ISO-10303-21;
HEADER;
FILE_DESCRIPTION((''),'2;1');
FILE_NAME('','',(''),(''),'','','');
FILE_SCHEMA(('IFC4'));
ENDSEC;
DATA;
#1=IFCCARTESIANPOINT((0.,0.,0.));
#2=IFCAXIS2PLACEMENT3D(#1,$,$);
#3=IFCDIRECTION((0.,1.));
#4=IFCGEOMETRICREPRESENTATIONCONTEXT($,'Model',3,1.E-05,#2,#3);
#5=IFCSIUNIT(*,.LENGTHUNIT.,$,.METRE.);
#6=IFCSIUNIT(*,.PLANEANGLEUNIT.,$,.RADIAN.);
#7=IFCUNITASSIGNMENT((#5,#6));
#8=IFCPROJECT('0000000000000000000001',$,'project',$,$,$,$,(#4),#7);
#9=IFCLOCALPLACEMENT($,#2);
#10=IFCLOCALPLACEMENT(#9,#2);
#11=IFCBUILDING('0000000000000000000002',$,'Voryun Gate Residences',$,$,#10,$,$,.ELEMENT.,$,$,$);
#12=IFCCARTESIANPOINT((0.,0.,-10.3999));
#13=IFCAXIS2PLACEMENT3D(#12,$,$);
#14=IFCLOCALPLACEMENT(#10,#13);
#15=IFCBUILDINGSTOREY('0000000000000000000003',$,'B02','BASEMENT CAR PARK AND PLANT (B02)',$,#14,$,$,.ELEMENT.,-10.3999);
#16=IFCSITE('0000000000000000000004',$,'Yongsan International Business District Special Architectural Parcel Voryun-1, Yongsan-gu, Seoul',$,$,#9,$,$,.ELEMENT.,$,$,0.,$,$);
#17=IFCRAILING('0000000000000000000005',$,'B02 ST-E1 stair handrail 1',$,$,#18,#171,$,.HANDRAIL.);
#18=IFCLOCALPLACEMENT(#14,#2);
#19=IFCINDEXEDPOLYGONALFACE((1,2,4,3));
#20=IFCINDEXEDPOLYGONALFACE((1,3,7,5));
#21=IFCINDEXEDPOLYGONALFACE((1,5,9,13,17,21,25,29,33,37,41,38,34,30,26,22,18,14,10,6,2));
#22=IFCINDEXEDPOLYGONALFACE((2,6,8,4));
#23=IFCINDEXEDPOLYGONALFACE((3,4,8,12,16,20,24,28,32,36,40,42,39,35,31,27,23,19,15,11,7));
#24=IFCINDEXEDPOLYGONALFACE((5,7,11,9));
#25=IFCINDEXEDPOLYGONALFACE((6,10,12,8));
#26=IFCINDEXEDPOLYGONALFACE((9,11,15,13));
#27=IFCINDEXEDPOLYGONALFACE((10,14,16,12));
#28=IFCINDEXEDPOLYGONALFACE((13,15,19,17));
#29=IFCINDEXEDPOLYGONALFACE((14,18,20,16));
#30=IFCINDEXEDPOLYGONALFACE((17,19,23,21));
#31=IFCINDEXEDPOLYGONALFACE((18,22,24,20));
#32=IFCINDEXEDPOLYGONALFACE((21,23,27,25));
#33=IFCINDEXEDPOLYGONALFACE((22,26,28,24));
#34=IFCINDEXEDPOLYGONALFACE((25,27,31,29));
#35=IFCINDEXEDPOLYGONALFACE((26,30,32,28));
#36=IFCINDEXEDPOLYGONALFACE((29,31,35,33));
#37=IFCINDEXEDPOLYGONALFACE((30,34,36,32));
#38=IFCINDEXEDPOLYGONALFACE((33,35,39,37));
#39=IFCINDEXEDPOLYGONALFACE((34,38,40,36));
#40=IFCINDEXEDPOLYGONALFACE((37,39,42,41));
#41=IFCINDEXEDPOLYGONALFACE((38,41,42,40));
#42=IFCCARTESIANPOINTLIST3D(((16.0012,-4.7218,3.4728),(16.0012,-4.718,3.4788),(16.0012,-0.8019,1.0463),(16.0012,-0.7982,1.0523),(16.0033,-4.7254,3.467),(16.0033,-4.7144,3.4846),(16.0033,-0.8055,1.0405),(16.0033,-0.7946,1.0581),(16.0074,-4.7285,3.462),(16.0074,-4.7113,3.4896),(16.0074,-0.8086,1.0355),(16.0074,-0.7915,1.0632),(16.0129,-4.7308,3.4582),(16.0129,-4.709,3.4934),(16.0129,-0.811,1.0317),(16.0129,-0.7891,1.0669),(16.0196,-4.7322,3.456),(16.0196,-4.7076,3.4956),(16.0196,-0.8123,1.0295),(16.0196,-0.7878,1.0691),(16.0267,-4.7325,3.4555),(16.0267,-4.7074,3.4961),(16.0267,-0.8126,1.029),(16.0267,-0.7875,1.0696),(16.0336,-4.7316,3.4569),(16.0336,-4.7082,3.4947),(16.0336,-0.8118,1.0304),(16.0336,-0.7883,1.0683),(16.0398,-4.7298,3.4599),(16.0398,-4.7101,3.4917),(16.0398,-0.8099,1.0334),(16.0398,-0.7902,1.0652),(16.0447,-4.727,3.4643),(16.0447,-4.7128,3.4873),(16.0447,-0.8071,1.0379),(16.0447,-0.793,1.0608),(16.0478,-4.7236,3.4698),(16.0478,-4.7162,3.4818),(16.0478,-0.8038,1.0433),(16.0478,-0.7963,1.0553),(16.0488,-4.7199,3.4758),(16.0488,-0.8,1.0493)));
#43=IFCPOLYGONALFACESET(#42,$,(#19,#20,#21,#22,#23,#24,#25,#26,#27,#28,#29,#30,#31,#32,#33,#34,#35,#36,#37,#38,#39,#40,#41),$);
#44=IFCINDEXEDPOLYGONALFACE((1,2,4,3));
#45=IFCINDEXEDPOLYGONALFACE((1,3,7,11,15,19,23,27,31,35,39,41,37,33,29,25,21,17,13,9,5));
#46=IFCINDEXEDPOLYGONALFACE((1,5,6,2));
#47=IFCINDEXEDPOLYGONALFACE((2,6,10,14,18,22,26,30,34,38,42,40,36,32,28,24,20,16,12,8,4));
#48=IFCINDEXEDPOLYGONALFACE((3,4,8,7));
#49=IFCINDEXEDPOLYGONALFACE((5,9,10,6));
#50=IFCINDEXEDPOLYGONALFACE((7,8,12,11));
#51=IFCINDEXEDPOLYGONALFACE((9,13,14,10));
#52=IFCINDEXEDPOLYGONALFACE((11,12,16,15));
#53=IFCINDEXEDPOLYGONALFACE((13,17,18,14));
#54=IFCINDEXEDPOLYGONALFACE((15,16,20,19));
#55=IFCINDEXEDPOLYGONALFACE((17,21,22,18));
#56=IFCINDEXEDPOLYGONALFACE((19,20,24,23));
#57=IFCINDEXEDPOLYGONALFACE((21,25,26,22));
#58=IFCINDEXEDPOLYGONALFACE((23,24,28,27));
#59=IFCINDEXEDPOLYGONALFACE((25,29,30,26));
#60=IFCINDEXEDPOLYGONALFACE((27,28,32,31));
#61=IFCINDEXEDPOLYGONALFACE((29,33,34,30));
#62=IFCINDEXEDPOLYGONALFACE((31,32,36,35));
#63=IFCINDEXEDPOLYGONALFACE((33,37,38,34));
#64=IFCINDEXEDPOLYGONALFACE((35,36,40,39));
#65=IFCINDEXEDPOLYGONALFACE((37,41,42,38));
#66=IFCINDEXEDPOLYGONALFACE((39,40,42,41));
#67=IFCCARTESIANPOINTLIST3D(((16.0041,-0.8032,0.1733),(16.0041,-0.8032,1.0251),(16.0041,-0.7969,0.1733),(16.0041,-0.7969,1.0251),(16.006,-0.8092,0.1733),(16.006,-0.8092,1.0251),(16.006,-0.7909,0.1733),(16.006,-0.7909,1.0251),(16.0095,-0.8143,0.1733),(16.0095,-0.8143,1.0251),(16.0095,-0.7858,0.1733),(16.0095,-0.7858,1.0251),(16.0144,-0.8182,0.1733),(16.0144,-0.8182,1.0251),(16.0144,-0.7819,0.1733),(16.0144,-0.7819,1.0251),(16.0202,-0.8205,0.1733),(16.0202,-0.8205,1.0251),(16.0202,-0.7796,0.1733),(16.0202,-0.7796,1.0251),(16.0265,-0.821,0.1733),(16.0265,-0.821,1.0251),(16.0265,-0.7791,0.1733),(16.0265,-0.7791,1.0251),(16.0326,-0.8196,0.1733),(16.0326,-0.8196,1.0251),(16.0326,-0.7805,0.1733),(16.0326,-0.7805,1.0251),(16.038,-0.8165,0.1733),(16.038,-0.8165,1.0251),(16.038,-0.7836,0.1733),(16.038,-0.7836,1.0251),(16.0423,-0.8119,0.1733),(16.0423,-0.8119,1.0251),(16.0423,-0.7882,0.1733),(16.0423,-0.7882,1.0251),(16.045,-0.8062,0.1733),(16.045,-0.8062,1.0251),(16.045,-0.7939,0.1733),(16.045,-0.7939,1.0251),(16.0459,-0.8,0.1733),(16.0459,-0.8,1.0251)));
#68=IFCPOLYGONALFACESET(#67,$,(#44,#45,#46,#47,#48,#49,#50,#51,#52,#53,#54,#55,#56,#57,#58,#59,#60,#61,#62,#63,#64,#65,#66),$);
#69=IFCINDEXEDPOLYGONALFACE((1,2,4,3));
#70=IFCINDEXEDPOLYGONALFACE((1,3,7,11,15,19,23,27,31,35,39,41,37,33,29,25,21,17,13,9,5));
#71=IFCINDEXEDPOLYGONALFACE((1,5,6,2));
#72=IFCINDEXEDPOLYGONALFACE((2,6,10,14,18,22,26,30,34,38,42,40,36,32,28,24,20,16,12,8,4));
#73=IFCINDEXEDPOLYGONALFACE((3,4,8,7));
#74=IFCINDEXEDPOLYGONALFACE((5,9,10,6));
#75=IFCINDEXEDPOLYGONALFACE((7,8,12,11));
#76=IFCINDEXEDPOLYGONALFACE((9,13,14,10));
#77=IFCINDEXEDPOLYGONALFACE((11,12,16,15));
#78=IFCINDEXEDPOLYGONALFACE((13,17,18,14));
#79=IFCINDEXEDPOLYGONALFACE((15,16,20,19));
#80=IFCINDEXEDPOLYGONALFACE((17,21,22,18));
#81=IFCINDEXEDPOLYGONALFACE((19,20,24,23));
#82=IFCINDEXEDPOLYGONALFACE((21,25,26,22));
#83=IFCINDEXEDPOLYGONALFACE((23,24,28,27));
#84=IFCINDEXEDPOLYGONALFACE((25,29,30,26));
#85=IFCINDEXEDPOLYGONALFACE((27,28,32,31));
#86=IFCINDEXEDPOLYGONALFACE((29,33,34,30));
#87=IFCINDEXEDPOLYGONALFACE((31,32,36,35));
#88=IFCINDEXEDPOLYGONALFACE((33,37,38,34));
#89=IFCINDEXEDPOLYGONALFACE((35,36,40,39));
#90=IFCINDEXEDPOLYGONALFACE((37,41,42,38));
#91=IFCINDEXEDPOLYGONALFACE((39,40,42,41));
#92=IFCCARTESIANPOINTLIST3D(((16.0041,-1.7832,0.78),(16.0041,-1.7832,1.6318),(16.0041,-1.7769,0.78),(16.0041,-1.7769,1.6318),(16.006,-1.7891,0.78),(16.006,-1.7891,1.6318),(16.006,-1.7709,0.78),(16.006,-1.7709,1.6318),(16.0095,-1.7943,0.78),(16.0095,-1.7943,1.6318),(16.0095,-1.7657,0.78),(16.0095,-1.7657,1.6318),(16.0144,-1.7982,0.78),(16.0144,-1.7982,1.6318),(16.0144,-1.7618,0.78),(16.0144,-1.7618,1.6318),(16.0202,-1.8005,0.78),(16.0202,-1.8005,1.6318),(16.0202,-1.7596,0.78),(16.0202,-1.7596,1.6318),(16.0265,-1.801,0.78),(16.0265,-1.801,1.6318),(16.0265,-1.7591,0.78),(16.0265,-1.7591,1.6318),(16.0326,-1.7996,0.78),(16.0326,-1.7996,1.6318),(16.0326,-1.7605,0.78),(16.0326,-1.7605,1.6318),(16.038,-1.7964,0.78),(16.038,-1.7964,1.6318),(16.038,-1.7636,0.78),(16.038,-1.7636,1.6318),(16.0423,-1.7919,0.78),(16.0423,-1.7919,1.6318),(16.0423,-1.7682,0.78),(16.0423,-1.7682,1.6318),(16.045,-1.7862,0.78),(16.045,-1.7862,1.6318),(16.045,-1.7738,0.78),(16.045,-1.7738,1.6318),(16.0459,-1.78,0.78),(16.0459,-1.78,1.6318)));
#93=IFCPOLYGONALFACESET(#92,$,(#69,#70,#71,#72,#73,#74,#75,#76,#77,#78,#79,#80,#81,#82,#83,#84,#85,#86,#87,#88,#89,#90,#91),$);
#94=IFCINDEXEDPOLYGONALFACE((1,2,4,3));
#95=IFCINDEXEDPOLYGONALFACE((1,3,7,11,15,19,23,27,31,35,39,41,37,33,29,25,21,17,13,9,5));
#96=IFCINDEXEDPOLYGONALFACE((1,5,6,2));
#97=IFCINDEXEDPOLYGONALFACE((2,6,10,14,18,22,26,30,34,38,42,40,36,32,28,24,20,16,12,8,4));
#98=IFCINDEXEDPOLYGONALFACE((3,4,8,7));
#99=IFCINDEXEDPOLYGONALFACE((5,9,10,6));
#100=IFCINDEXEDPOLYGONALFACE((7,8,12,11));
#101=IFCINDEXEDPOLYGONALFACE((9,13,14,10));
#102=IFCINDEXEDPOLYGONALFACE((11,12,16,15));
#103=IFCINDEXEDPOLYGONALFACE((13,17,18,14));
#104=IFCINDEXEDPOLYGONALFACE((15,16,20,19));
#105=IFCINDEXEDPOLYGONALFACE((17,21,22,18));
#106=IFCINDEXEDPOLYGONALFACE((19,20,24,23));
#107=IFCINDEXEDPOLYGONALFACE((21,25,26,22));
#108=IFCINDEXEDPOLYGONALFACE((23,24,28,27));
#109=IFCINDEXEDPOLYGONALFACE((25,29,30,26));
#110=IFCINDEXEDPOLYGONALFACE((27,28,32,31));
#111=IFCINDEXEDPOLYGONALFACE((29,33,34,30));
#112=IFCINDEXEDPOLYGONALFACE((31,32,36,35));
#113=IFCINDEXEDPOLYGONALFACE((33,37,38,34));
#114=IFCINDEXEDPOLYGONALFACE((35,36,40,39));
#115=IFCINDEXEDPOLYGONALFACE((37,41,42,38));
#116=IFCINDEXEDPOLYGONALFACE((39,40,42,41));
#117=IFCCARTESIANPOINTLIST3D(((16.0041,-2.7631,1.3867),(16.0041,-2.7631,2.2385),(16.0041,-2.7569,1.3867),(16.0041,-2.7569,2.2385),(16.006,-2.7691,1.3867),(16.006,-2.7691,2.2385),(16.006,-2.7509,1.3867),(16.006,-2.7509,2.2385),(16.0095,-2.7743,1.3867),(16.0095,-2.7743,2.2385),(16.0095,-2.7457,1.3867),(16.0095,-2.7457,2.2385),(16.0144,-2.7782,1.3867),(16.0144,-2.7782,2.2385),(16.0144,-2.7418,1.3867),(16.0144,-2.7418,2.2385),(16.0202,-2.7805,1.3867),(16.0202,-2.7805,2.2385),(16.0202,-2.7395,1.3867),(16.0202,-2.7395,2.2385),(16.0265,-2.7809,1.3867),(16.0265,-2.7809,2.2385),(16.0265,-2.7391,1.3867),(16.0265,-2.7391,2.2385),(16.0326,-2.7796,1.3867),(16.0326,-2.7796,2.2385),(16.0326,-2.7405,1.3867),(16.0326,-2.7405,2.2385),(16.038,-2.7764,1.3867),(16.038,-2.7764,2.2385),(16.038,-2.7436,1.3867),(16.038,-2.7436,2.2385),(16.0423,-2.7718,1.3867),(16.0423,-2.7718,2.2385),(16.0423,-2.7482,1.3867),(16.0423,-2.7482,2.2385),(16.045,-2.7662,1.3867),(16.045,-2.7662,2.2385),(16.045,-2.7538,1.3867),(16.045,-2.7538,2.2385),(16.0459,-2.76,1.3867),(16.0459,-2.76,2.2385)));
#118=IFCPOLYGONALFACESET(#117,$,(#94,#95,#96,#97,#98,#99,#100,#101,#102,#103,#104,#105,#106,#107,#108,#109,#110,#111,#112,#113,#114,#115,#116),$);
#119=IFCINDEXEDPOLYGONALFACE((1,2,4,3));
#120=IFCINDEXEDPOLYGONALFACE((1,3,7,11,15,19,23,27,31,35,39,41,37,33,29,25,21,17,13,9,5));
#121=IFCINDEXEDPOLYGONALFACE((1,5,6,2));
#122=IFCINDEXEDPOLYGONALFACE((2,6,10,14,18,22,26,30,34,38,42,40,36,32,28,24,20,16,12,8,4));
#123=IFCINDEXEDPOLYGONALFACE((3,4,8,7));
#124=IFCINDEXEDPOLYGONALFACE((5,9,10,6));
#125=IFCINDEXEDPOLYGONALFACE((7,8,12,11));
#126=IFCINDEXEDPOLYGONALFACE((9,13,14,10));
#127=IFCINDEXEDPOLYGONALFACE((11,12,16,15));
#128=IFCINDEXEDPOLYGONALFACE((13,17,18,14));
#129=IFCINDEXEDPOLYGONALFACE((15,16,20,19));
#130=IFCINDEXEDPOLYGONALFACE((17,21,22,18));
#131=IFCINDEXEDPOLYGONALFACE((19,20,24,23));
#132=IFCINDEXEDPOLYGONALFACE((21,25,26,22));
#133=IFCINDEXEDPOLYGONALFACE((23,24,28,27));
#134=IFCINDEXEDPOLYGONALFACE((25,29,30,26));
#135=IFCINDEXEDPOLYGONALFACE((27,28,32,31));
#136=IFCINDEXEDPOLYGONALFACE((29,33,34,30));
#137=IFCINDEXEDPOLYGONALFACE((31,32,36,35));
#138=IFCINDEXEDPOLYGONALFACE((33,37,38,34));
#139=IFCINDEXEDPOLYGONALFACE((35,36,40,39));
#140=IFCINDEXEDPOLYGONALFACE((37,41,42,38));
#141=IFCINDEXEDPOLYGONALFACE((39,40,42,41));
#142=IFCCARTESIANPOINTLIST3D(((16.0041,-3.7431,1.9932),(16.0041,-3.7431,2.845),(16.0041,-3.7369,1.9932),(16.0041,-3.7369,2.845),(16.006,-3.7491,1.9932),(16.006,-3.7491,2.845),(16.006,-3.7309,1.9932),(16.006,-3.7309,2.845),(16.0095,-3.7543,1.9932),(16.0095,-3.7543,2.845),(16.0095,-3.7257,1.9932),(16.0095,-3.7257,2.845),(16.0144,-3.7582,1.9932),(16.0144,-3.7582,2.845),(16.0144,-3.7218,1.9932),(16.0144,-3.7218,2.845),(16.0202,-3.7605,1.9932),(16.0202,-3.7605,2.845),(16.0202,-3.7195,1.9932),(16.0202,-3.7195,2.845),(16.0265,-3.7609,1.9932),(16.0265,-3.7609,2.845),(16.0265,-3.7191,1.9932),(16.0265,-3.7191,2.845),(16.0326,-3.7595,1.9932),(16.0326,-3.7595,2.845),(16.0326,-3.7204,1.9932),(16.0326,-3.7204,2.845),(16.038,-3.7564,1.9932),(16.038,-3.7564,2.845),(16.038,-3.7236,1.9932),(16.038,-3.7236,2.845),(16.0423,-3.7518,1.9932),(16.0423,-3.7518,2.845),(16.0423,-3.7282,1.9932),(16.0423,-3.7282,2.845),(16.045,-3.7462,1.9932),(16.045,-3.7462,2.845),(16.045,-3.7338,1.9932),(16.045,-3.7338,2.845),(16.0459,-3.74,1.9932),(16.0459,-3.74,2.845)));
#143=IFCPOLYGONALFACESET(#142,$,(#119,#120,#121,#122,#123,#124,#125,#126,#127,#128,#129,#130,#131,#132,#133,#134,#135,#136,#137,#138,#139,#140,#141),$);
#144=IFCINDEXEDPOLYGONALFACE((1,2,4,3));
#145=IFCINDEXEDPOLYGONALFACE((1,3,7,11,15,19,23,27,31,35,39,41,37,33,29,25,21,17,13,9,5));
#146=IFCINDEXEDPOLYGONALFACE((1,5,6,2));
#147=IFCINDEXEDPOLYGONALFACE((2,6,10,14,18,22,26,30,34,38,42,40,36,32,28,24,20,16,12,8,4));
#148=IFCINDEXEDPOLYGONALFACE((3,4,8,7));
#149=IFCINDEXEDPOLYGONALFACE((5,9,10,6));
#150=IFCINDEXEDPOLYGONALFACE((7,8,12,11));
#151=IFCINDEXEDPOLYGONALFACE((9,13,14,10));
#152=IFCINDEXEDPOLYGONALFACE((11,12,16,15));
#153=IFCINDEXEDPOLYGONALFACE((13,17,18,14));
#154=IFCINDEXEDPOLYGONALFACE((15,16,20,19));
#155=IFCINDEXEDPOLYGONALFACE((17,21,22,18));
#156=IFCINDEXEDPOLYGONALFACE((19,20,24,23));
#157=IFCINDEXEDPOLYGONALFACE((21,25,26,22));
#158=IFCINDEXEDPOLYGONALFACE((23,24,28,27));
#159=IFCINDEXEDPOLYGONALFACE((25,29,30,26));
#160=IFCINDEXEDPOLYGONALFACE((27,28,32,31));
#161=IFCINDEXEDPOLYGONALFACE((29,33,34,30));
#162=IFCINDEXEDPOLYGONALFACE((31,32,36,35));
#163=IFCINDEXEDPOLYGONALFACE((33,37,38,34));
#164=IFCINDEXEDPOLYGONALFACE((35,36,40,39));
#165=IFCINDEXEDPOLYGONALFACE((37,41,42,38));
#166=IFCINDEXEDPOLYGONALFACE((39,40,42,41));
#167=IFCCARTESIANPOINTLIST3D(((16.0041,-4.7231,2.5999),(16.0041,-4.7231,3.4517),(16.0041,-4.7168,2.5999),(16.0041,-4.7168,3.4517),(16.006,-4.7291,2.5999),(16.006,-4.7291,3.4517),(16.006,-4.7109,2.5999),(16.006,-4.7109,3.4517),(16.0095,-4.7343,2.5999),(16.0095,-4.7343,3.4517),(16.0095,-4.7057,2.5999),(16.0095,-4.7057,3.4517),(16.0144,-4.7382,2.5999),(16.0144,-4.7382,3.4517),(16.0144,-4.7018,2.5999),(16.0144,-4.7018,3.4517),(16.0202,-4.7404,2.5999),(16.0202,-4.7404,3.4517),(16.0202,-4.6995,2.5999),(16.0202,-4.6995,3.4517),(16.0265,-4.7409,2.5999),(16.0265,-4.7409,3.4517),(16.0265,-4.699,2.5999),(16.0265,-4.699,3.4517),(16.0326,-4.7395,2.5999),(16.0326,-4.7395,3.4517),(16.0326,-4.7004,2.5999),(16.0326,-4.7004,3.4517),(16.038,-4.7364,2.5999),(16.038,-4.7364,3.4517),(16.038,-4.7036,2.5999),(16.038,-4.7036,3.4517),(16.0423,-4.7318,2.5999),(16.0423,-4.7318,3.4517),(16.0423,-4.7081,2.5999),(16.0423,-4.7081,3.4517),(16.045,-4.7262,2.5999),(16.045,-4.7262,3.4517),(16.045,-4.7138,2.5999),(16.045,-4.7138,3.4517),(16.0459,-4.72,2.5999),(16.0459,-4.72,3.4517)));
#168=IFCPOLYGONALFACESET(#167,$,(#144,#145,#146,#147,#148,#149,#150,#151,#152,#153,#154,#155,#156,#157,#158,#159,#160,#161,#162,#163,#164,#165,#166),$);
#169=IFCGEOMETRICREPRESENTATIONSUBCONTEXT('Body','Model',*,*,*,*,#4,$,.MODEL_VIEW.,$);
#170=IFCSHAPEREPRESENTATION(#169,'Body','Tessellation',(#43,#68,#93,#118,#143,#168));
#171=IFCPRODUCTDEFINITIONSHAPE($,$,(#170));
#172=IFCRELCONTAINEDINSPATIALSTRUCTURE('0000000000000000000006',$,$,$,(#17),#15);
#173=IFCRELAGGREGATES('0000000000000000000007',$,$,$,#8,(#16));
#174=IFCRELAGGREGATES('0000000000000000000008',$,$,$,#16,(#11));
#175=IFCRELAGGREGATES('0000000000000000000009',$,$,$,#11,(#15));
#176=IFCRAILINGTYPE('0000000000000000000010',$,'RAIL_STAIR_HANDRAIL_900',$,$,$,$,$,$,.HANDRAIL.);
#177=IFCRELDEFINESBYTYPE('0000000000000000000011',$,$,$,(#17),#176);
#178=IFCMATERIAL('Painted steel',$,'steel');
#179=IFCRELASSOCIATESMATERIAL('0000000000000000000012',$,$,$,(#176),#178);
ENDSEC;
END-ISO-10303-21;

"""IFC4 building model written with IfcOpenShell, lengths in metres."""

from ifc_helpers import new_model, si_unit, direction, frame, origin, origin_2d, place, context, subcontext, project, spatial, circle, extrude, material, type_object, element, save


model = new_model("IFC4")

# Units and contexts
model_context = context("Model", 3, precision=1e-05, world=origin(), true_north=direction((0.0, 1.0)))
body_context = subcontext(model_context, "Body", "Model", "MODEL_VIEW")
ifc_project = project(units=[si_unit("LENGTHUNIT", "METRE"), si_unit("PLANEANGLEUNIT", "RADIAN")], contexts=[model_context])

# Site, building, storey
site_placement = place(None, origin())
site = spatial("IfcSite", under=ifc_project, at=site_placement, Name="Yongsan International Business District Special Architectural Parcel Voryun-1, Yongsan-gu, Seoul", CompositionType="ELEMENT", RefElevation=0.0)
building_placement = place(site_placement, origin())
building = spatial("IfcBuilding", under=site, at=building_placement, Name="Voryun Gate Residences", CompositionType="ELEMENT")
storey_placement = place(building_placement, frame((0.0, 0.0, -10.3999)))
storey = spatial("IfcBuildingStorey", under=building, at=storey_placement, Name="B02", Description="BASEMENT CAR PARK AND PLANT (B02)", CompositionType="ELEMENT", Elevation=-10.3999)

# Railing
ifc_material_1 = material(Name="Painted steel", Category="steel")
railing_type_1 = type_object("IfcRailingType", Name="RAIL_STAIR_HANDRAIL_900", PredefinedType="HANDRAIL", material=ifc_material_1)
railing_1_placement = place(storey_placement, frame((16.0249, -0.8, 0.1733)))
element("IfcRailing", 1, at=railing_1_placement, inside=storey, type_object=railing_type_1, Name="B02 ST-E1 stair handrail 1", PredefinedType="HANDRAIL", context=body_context, shape_type="SweptSolid", body=[
    extrude(circle(Radius=0.0239, at=origin_2d()), frame((0.0, 0.0, 0.876), z_axis=(0.0, -0.850275, 0.526338), x_axis=(1.0, 0.0, 0.0)), (0.0, 0.0, 1.0), 4.6101),
    extrude(circle(Radius=0.021, at=origin_2d()), origin(), (0.0, 0.0, 1.0), 0.8518),
    extrude(circle(Radius=0.021, at=origin_2d()), frame((0.0, -0.98, 0.6067)), (0.0, 0.0, 1.0), 0.8518),
    extrude(circle(Radius=0.021, at=origin_2d()), frame((0.0, -1.96, 1.2134)), (0.0, 0.0, 1.0), 0.8518),
    extrude(circle(Radius=0.021, at=origin_2d()), frame((0.0, -2.9399, 1.8198)), (0.0, 0.0, 1.0), 0.8518),
    extrude(circle(Radius=0.021, at=origin_2d()), frame((0.0, -3.9199, 2.4265)), (0.0, 0.0, 1.0), 0.8518),
])

save(model, "model.ifc")
